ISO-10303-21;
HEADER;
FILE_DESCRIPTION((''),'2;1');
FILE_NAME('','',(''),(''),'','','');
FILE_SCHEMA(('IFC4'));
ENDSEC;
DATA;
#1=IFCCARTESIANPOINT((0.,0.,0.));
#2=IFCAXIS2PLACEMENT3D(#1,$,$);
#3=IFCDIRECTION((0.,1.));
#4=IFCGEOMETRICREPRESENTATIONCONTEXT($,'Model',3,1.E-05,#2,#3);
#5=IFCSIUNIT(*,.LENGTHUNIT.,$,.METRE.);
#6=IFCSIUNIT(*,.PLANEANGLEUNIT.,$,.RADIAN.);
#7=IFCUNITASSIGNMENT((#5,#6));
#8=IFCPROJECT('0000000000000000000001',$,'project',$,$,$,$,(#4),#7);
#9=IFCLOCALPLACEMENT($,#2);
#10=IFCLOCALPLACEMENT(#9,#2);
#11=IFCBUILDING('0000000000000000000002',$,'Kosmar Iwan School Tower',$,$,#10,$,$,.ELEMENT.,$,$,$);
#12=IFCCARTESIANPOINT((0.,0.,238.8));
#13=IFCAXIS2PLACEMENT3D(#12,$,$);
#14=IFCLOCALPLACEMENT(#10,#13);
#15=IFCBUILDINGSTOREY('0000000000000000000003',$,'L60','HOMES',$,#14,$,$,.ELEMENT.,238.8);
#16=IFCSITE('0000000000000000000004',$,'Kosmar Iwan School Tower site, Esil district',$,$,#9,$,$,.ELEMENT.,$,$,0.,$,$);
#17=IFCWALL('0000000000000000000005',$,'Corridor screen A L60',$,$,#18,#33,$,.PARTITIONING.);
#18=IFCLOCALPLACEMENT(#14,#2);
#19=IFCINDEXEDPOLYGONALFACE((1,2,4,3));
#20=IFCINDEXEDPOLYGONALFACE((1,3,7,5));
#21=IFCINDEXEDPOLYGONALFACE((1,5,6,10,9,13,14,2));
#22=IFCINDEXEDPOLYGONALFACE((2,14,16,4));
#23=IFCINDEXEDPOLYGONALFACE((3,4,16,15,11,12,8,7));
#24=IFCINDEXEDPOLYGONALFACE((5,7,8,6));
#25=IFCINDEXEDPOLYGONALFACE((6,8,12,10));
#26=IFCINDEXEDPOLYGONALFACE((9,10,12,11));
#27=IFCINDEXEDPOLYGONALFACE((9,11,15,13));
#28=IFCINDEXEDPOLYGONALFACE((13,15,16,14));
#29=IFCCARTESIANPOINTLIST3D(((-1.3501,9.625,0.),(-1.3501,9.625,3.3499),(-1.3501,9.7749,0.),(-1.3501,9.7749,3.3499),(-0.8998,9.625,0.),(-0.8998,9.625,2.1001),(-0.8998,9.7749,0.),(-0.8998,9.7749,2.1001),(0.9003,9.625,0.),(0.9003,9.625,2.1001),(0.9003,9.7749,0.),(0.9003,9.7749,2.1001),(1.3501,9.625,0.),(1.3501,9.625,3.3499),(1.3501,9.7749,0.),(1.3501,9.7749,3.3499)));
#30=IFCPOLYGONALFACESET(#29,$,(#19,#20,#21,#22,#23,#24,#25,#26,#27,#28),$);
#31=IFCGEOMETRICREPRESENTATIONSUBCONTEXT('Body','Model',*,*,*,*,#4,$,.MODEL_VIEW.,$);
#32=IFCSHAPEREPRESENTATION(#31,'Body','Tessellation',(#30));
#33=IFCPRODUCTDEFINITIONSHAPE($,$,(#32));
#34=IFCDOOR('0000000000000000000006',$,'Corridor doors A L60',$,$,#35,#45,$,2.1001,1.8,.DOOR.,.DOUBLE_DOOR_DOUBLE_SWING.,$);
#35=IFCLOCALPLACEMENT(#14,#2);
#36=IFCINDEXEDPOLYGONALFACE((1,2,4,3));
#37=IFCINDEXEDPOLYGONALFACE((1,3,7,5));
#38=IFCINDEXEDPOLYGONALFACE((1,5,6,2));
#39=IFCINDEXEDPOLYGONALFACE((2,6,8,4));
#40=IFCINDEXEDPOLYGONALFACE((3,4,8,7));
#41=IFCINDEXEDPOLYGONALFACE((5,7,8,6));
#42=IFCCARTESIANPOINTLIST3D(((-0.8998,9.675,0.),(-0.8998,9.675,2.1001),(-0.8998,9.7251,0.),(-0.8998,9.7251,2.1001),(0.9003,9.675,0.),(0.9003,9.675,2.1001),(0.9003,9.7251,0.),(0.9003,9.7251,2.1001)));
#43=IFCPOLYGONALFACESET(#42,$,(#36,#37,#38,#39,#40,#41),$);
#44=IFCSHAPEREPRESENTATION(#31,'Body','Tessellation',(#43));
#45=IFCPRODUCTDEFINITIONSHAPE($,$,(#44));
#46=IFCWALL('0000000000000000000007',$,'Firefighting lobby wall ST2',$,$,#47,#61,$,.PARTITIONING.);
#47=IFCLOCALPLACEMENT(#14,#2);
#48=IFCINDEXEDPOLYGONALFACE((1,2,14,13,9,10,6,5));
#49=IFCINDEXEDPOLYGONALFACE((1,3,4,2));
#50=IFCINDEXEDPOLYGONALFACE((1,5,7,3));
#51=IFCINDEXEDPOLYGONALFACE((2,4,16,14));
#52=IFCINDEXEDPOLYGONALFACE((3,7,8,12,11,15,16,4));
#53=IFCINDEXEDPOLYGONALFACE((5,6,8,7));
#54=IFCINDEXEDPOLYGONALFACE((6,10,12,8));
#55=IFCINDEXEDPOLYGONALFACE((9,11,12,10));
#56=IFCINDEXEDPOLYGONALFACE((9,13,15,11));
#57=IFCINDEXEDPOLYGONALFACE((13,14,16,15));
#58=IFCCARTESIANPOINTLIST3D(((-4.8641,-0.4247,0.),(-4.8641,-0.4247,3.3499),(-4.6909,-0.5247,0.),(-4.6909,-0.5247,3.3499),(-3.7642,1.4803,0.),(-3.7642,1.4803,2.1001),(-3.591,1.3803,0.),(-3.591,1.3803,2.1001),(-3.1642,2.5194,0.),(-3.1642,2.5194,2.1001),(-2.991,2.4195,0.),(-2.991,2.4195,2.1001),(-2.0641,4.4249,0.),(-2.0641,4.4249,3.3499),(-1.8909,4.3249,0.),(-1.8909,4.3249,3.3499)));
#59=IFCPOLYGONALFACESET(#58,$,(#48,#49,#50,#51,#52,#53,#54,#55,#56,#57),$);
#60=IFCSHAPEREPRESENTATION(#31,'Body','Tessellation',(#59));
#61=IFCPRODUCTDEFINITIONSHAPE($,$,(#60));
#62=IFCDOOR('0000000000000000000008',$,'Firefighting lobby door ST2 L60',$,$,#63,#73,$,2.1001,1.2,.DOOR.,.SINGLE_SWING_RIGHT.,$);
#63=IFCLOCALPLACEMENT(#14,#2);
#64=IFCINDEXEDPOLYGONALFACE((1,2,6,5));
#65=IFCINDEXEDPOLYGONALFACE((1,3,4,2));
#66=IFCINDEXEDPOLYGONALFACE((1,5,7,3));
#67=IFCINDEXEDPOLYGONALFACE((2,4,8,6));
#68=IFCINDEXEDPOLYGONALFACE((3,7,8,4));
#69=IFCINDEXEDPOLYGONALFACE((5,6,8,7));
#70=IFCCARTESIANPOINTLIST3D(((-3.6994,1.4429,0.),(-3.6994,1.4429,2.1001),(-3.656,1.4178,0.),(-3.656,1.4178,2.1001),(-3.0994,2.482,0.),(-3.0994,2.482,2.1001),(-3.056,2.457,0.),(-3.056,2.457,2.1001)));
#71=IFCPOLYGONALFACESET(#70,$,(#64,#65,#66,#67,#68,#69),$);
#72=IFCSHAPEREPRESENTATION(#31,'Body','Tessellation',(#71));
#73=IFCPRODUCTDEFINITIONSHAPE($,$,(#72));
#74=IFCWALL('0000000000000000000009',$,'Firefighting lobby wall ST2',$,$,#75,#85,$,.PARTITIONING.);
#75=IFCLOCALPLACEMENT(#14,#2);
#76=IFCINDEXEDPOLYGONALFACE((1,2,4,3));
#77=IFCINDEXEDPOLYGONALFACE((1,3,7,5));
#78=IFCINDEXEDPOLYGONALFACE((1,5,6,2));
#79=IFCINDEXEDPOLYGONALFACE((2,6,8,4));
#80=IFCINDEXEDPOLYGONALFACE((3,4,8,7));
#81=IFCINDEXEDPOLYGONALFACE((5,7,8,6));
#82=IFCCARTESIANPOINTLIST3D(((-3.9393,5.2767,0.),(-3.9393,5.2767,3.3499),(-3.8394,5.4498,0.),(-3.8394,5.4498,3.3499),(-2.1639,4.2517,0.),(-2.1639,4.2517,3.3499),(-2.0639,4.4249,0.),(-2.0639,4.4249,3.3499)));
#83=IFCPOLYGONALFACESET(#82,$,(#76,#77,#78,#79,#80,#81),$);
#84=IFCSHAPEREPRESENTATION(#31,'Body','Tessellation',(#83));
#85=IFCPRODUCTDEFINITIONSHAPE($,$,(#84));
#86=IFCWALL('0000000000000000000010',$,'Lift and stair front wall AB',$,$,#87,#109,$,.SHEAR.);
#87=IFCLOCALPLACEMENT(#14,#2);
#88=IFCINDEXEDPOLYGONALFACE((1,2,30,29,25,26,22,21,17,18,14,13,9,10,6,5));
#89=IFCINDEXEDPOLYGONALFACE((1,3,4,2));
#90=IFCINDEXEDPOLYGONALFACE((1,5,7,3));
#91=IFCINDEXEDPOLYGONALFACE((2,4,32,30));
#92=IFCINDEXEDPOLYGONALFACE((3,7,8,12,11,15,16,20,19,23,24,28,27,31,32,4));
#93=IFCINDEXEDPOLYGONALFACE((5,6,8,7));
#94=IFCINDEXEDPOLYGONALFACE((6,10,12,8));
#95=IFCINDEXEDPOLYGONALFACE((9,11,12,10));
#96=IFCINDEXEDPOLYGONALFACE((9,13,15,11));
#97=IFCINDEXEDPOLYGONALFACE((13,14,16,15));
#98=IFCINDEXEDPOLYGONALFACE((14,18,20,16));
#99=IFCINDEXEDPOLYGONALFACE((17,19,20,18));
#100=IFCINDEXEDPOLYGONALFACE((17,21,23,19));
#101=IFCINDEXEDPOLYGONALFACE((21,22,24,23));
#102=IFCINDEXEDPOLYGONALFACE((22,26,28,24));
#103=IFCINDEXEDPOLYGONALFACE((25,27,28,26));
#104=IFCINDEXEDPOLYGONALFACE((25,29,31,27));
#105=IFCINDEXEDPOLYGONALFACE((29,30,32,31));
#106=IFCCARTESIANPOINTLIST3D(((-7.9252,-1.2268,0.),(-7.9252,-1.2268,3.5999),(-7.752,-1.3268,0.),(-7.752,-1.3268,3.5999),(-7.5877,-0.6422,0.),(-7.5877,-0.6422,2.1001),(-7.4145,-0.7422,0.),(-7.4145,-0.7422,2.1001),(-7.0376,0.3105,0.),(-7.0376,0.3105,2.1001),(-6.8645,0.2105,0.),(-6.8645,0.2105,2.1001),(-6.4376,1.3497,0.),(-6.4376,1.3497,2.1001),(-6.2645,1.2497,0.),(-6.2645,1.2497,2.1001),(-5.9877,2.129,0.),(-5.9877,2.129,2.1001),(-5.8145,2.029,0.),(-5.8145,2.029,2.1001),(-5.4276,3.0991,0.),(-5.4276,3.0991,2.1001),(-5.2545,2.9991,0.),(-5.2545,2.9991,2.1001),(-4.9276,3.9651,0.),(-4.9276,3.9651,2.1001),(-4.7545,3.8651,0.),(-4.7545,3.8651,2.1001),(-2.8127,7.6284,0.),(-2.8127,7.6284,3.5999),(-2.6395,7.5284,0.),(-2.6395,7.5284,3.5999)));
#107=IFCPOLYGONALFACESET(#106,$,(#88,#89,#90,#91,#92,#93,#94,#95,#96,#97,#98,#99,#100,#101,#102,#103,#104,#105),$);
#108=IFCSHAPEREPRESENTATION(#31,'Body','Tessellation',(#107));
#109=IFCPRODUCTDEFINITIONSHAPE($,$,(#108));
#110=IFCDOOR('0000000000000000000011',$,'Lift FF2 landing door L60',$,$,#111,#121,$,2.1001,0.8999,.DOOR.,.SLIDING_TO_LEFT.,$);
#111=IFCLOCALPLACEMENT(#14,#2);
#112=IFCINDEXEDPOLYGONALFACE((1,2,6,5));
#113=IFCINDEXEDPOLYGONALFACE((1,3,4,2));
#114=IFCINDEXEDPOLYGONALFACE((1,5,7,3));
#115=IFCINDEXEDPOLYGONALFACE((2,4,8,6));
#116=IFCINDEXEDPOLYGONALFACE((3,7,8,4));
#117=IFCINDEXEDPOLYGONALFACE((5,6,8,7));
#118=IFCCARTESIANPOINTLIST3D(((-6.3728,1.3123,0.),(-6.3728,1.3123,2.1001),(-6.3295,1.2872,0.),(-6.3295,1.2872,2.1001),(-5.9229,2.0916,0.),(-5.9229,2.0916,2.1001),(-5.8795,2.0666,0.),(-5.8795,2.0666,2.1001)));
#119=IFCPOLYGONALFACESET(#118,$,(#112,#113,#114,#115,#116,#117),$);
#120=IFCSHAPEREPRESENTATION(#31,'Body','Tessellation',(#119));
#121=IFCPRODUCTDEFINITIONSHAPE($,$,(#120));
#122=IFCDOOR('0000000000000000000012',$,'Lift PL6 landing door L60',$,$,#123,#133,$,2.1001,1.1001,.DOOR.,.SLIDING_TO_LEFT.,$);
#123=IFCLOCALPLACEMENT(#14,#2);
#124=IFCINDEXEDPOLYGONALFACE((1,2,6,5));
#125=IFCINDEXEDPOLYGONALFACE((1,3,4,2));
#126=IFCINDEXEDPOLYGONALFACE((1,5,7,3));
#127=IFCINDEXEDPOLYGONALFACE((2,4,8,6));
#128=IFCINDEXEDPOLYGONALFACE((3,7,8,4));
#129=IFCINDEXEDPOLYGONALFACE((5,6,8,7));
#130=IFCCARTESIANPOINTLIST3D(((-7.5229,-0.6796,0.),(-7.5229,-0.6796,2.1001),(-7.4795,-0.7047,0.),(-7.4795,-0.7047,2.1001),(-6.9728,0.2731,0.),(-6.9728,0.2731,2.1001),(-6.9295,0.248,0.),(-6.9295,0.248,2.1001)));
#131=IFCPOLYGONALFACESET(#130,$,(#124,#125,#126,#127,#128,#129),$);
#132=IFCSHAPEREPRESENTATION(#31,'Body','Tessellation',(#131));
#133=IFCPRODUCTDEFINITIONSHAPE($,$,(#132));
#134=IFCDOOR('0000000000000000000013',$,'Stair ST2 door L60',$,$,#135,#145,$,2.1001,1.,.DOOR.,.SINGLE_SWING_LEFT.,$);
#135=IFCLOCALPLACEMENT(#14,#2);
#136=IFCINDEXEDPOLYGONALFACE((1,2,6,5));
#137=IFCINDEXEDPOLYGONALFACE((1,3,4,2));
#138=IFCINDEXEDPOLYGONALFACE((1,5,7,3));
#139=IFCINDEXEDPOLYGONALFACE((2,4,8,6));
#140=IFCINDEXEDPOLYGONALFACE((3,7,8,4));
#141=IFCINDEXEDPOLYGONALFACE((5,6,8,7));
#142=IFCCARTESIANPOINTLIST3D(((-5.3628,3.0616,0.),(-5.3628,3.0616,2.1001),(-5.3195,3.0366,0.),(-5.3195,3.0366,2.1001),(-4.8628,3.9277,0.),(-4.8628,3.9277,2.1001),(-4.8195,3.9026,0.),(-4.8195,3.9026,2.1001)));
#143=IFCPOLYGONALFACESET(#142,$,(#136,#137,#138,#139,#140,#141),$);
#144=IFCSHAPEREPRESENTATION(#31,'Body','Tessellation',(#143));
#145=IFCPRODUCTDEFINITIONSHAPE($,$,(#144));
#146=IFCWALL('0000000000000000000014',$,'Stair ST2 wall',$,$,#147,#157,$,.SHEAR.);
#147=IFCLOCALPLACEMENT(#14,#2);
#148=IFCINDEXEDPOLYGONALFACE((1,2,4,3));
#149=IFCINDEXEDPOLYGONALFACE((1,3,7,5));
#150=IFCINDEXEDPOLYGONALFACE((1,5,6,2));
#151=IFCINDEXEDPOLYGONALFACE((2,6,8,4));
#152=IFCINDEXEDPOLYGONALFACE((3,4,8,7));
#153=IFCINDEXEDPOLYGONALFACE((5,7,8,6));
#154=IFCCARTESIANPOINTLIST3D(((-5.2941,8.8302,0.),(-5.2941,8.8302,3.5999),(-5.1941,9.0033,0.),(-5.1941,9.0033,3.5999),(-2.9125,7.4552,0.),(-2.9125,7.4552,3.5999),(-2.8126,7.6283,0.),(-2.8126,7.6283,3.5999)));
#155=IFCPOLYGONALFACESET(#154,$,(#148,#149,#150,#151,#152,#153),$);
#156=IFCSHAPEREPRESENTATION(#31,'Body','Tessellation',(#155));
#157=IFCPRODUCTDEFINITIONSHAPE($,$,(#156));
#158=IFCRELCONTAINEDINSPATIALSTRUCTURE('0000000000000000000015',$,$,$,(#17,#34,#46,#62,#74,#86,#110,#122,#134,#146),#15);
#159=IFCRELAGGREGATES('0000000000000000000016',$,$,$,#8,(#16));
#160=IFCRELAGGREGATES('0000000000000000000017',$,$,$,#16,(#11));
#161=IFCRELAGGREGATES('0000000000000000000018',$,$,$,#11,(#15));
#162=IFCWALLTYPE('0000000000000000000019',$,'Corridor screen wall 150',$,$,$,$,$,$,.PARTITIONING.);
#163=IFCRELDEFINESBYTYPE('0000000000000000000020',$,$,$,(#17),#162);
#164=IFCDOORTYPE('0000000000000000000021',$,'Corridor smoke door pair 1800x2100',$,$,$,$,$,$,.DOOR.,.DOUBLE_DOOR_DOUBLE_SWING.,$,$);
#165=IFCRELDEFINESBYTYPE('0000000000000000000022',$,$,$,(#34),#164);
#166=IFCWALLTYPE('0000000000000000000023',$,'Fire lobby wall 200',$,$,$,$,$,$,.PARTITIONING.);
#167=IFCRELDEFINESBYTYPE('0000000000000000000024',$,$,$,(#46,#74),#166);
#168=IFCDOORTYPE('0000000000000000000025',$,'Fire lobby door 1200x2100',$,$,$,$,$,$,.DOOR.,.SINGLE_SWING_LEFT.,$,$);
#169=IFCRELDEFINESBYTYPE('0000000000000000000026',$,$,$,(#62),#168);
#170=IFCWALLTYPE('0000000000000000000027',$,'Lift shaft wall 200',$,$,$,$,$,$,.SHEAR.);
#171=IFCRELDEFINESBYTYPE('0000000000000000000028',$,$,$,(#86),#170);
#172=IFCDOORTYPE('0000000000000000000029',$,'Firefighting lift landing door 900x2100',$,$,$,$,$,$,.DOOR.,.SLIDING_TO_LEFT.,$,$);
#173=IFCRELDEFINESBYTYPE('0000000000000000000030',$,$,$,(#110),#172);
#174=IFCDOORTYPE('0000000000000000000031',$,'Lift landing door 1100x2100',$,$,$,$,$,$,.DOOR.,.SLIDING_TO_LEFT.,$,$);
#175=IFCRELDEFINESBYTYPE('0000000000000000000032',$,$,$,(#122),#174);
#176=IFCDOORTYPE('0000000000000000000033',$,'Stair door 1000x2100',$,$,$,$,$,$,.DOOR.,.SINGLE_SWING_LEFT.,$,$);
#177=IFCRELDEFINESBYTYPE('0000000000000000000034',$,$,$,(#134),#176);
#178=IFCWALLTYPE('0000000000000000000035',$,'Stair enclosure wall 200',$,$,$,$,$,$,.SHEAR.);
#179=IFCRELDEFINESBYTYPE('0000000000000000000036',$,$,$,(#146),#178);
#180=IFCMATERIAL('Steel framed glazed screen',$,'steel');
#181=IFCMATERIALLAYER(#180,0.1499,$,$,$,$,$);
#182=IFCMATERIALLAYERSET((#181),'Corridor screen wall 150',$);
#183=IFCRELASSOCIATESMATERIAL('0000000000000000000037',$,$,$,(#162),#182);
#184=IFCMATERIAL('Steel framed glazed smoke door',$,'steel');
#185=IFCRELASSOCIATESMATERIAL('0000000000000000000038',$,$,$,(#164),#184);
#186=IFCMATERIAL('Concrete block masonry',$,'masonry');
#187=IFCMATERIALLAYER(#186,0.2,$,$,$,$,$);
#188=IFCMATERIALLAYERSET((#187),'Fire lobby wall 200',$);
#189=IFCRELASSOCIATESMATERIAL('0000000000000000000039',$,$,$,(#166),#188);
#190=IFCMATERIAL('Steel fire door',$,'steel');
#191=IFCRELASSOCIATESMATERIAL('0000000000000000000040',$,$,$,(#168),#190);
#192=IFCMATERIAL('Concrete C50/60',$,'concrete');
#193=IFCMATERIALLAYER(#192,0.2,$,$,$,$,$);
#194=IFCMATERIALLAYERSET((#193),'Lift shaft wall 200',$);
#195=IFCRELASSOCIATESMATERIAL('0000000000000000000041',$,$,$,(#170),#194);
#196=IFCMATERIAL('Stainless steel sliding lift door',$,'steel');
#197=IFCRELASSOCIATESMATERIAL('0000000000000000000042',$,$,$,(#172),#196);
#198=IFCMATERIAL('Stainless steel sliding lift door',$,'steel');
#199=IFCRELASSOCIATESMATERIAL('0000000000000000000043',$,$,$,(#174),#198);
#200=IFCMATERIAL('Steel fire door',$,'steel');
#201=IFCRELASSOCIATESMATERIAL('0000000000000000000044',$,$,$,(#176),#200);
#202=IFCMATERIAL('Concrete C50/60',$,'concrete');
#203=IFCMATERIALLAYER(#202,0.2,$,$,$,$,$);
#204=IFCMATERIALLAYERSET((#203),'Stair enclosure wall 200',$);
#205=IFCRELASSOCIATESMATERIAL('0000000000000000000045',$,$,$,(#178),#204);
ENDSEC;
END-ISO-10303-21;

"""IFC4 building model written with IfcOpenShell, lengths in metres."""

from ifc_helpers import new_model, si_unit, direction, frame, frame_2d, origin, place, context, subcontext, project, spatial, rectangle, extrude, material, layer, layer_set, type_object, element, fill, save


model = new_model("IFC4")

# Units and contexts
model_context = context("Model", 3, precision=1e-05, world=origin(), true_north=direction((0.0, 1.0)))
body_context = subcontext(model_context, "Body", "Model", "MODEL_VIEW")
ifc_project = project(units=[si_unit("LENGTHUNIT", "METRE"), si_unit("PLANEANGLEUNIT", "RADIAN")], contexts=[model_context])

# Site, building, storey
site_placement = place(None, origin())
site = spatial("IfcSite", under=ifc_project, at=site_placement, Name="Kosmar Iwan School Tower site, Esil district", CompositionType="ELEMENT", RefElevation=0.0)
building_placement = place(site_placement, origin())
building = spatial("IfcBuilding", under=site, at=building_placement, Name="Kosmar Iwan School Tower", CompositionType="ELEMENT")
storey_placement = place(building_placement, frame((0.0, 0.0, 238.8)))
storey = spatial("IfcBuildingStorey", under=building, at=storey_placement, Name="L60", Description="HOMES", CompositionType="ELEMENT", Elevation=238.8)

# Walls, openings, doors
ifc_material_1 = material(Name="Steel framed glazed screen", Category="steel")
ifc_layer_1 = layer(ifc_material_1, 0.1499)
ifc_layer_set_1 = layer_set([ifc_layer_1], Name="Corridor screen wall 150")
wall_type_1 = type_object("IfcWallType", Name="Corridor screen wall 150", PredefinedType="PARTITIONING", material=ifc_layer_set_1)
wall_1_placement = place(storey_placement, frame((1.3501, 9.7, 0.0), z_axis=(0.0, 0.0, 1.0), x_axis=(-1.0, 0.0, 0.0)))
wall_1 = element("IfcWall", 1, at=wall_1_placement, inside=storey, type_object=wall_type_1, Name="Corridor screen A L60", PredefinedType="PARTITIONING", context=body_context, shape_type="SweptSolid", body=[
    extrude(rectangle(XDim=2.7002, YDim=0.1499, at=frame_2d((1.3501, 0.0))), origin(), (0.0, 0.0, 1.0), 3.3499),
])
opening_1_placement = place(wall_1_placement, frame((0.45, 0.0, 0.0)))
opening_1 = element("IfcOpeningElement", 2, at=opening_1_placement, cuts=wall_1, PredefinedType="OPENING", context=body_context, shape_type="SweptSolid", body=[
    extrude(rectangle(XDim=1.8, YDim=2.1001, at=frame_2d((0.8999, 1.05))), frame((0.0, 0.0869, 0.0), z_axis=(0.0, -1.0, 0.0), x_axis=(1.0, 0.0, 0.0)), (0.0, 0.0, 1.0), 0.1738),
])
ifc_material_2 = material(Name="Steel framed glazed smoke door", Category="steel")
door_type_1 = type_object("IfcDoorType", Name="Corridor smoke door pair 1800x2100", OperationType="DOUBLE_DOOR_DOUBLE_SWING", PredefinedType="DOOR", material=ifc_material_2)
door_1_placement = place(opening_1_placement, origin())
door_1 = element("IfcDoor", 3, at=door_1_placement, inside=storey, type_object=door_type_1, Name="Corridor doors A L60", OperationType="DOUBLE_DOOR_DOUBLE_SWING", OverallHeight=2.1001, OverallWidth=1.8, PredefinedType="DOOR", context=body_context, shape_type="SweptSolid", body=[
    extrude(rectangle(XDim=1.8, YDim=2.1001, at=frame_2d((0.8999, 1.05))), frame((0.0, 0.0249, 0.0), z_axis=(0.0, -1.0, 0.0), x_axis=(1.0, 0.0, 0.0)), (0.0, 0.0, 1.0), 0.05),
])
fill(opening_1, door_1)
ifc_material_3 = material(Name="Concrete block masonry", Category="masonry")
ifc_layer_2 = layer(ifc_material_3, 0.2)
ifc_layer_set_2 = layer_set([ifc_layer_2], Name="Fire lobby wall 200")
wall_type_2 = type_object("IfcWallType", Name="Fire lobby wall 200", PredefinedType="PARTITIONING", material=ifc_layer_set_2)
wall_2_placement = place(storey_placement, frame((-1.9775, 4.3748, 0.0), z_axis=(0.0, 0.0, 1.0), x_axis=(-0.500017, -0.866016, 0.0)))
wall_2 = element("IfcWall", 4, at=wall_2_placement, inside=storey, type_object=wall_type_2, Name="Firefighting lobby wall ST2", PredefinedType="PARTITIONING", context=body_context, shape_type="SweptSolid", body=[
    extrude(rectangle(XDim=5.5999, YDim=0.2, at=frame_2d((2.7998, 0.0))), origin(), (0.0, 0.0, 1.0), 3.3499),
])
opening_2_placement = place(wall_2_placement, frame((2.2, 0.0, 0.0)))
opening_2 = element("IfcOpeningElement", 5, at=opening_2_placement, cuts=wall_2, PredefinedType="OPENING", context=body_context, shape_type="SweptSolid", body=[
    extrude(rectangle(XDim=1.2, YDim=2.1001, at=frame_2d((0.6001, 1.05))), frame((0.0, 0.1121, 0.0), z_axis=(0.0, -1.0, 0.0), x_axis=(1.0, 0.0, 0.0)), (0.0, 0.0, 1.0), 0.2239),
])
ifc_material_4 = material(Name="Steel fire door", Category="steel")
door_type_2 = type_object("IfcDoorType", Name="Fire lobby door 1200x2100", OperationType="SINGLE_SWING_LEFT", PredefinedType="DOOR", material=ifc_material_4)
door_2_placement = place(opening_2_placement, origin())
door_2 = element("IfcDoor", 6, at=door_2_placement, inside=storey, type_object=door_type_2, Name="Firefighting lobby door ST2 L60", OperationType="SINGLE_SWING_RIGHT", OverallHeight=2.1001, OverallWidth=1.2, PredefinedType="DOOR", context=body_context, shape_type="SweptSolid", body=[
    extrude(rectangle(XDim=1.2, YDim=2.1001, at=frame_2d((0.6001, 1.05))), frame((0.0, 0.0249, 0.0), z_axis=(0.0, -1.0, 0.0), x_axis=(1.0, 0.0, 0.0)), (0.0, 0.0, 1.0), 0.05),
])
fill(opening_2, door_2)

# Wall
wall_3_placement = place(storey_placement, frame((-2.114, 4.3384, 0.0), z_axis=(0.0, 0.0, 1.0), x_axis=(-0.866051, 0.499956, 0.0)))
element("IfcWall", 7, at=wall_3_placement, inside=storey, type_object=wall_type_2, Name="Firefighting lobby wall ST2", PredefinedType="PARTITIONING", context=body_context, shape_type="SweptSolid", body=[
    extrude(rectangle(XDim=2.05, YDim=0.2, at=frame_2d((1.0249, 0.0))), origin(), (0.0, 0.0, 1.0), 3.3499),
])

# Wall, openings, doors
ifc_material_5 = material(Name="Concrete C50/60", Category="concrete")
ifc_layer_3 = layer(ifc_material_5, 0.2)
ifc_layer_set_3 = layer_set([ifc_layer_3], Name="Lift shaft wall 200")
wall_type_3 = type_object("IfcWallType", Name="Lift shaft wall 200", PredefinedType="SHEAR", material=ifc_layer_set_3)
wall_4_placement = place(storey_placement, frame((-2.7261, 7.5784, 0.0), z_axis=(0.0, 0.0, 1.0), x_axis=(-0.499999, -0.866026, 0.0)))
wall_4 = element("IfcWall", 8, at=wall_4_placement, inside=storey, type_object=wall_type_3, Name="Lift and stair front wall AB", PredefinedType="SHEAR", context=body_context, shape_type="SweptSolid", body=[
    extrude(rectangle(XDim=10.2251, YDim=0.2, at=frame_2d((5.1125, 0.0))), origin(), (0.0, 0.0, 1.0), 3.5999),
])
opening_3_placement = place(wall_4_placement, frame((6.3501, 0.0, 0.0)))
opening_3 = element("IfcOpeningElement", 9, at=opening_3_placement, cuts=wall_4, PredefinedType="OPENING", context=body_context, shape_type="SweptSolid", body=[
    extrude(rectangle(XDim=0.8999, YDim=2.1001, at=frame_2d((0.45, 1.05))), frame((0.0, 0.1121, 0.0), z_axis=(0.0, -1.0, 0.0), x_axis=(1.0, 0.0, 0.0)), (0.0, 0.0, 1.0), 0.2239),
])
opening_4_placement = place(wall_4_placement, frame((8.45, 0.0, 0.0)))
opening_4 = element("IfcOpeningElement", 10, at=opening_4_placement, cuts=wall_4, PredefinedType="OPENING", context=body_context, shape_type="SweptSolid", body=[
    extrude(rectangle(XDim=1.1001, YDim=2.1001, at=frame_2d((0.55, 1.05))), frame((0.0, 0.1121, 0.0), z_axis=(0.0, -1.0, 0.0), x_axis=(1.0, 0.0, 0.0)), (0.0, 0.0, 1.0), 0.2239),
])
opening_5_placement = place(wall_4_placement, frame((4.23, 0.0, 0.0)))
opening_5 = element("IfcOpeningElement", 11, at=opening_5_placement, cuts=wall_4, PredefinedType="OPENING", context=body_context, shape_type="SweptSolid", body=[
    extrude(rectangle(XDim=1.0, YDim=2.1001, at=frame_2d((0.5, 1.05))), frame((0.0, 0.1121, 0.0), z_axis=(0.0, -1.0, 0.0), x_axis=(1.0, 0.0, 0.0)), (0.0, 0.0, 1.0), 0.2239),
])
ifc_material_6 = material(Name="Stainless steel sliding lift door", Category="steel")
door_type_3 = type_object("IfcDoorType", Name="Firefighting lift landing door 900x2100", OperationType="SLIDING_TO_LEFT", PredefinedType="DOOR", material=ifc_material_6)
door_3_placement = place(opening_3_placement, origin())
door_3 = element("IfcDoor", 12, at=door_3_placement, inside=storey, type_object=door_type_3, Name="Lift FF2 landing door L60", OperationType="SLIDING_TO_LEFT", OverallHeight=2.1001, OverallWidth=0.8999, PredefinedType="DOOR", context=body_context, shape_type="SweptSolid", body=[
    extrude(rectangle(XDim=0.8999, YDim=2.1001, at=frame_2d((0.45, 1.05))), frame((0.0, 0.0249, 0.0), z_axis=(0.0, -1.0, 0.0), x_axis=(1.0, 0.0, 0.0)), (0.0, 0.0, 1.0), 0.05),
])
fill(opening_3, door_3)
ifc_material_7 = material(Name="Stainless steel sliding lift door", Category="steel")
door_type_4 = type_object("IfcDoorType", Name="Lift landing door 1100x2100", OperationType="SLIDING_TO_LEFT", PredefinedType="DOOR", material=ifc_material_7)
door_4_placement = place(opening_4_placement, origin())
door_4 = element("IfcDoor", 13, at=door_4_placement, inside=storey, type_object=door_type_4, Name="Lift PL6 landing door L60", OperationType="SLIDING_TO_LEFT", OverallHeight=2.1001, OverallWidth=1.1001, PredefinedType="DOOR", context=body_context, shape_type="SweptSolid", body=[
    extrude(rectangle(XDim=1.1001, YDim=2.1001, at=frame_2d((0.55, 1.05))), frame((0.0, 0.0249, 0.0), z_axis=(0.0, -1.0, 0.0), x_axis=(1.0, 0.0, 0.0)), (0.0, 0.0, 1.0), 0.05),
])
fill(opening_4, door_4)
ifc_material_8 = material(Name="Steel fire door", Category="steel")
door_type_5 = type_object("IfcDoorType", Name="Stair door 1000x2100", OperationType="SINGLE_SWING_LEFT", PredefinedType="DOOR", material=ifc_material_8)
door_5_placement = place(opening_5_placement, origin())
door_5 = element("IfcDoor", 14, at=door_5_placement, inside=storey, type_object=door_type_5, Name="Stair ST2 door L60", OperationType="SINGLE_SWING_LEFT", OverallHeight=2.1001, OverallWidth=1.0, PredefinedType="DOOR", context=body_context, shape_type="SweptSolid", body=[
    extrude(rectangle(XDim=1.0, YDim=2.1001, at=frame_2d((0.5, 1.05))), frame((0.0, 0.0249, 0.0), z_axis=(0.0, -1.0, 0.0), x_axis=(1.0, 0.0, 0.0)), (0.0, 0.0, 1.0), 0.05),
])
fill(opening_5, door_5)

# Wall
ifc_material_9 = material(Name="Concrete C50/60", Category="concrete")
ifc_layer_4 = layer(ifc_material_9, 0.2)
ifc_layer_set_4 = layer_set([ifc_layer_4], Name="Stair enclosure wall 200")
wall_type_4 = type_object("IfcWallType", Name="Stair enclosure wall 200", PredefinedType="SHEAR", material=ifc_layer_set_4)
wall_5_placement = place(storey_placement, frame((-2.8625, 7.5417, 0.0), z_axis=(0.0, 0.0, 1.0), x_axis=(-0.866027, 0.499997, 0.0)))
element("IfcWall", 15, at=wall_5_placement, inside=storey, type_object=wall_type_4, Name="Stair ST2 wall", PredefinedType="SHEAR", context=body_context, shape_type="SweptSolid", body=[
    extrude(rectangle(XDim=2.75, YDim=0.2, at=frame_2d((1.375, 0.0))), origin(), (0.0, 0.0, 1.0), 3.5999),
])

save(model, "model.ifc")
